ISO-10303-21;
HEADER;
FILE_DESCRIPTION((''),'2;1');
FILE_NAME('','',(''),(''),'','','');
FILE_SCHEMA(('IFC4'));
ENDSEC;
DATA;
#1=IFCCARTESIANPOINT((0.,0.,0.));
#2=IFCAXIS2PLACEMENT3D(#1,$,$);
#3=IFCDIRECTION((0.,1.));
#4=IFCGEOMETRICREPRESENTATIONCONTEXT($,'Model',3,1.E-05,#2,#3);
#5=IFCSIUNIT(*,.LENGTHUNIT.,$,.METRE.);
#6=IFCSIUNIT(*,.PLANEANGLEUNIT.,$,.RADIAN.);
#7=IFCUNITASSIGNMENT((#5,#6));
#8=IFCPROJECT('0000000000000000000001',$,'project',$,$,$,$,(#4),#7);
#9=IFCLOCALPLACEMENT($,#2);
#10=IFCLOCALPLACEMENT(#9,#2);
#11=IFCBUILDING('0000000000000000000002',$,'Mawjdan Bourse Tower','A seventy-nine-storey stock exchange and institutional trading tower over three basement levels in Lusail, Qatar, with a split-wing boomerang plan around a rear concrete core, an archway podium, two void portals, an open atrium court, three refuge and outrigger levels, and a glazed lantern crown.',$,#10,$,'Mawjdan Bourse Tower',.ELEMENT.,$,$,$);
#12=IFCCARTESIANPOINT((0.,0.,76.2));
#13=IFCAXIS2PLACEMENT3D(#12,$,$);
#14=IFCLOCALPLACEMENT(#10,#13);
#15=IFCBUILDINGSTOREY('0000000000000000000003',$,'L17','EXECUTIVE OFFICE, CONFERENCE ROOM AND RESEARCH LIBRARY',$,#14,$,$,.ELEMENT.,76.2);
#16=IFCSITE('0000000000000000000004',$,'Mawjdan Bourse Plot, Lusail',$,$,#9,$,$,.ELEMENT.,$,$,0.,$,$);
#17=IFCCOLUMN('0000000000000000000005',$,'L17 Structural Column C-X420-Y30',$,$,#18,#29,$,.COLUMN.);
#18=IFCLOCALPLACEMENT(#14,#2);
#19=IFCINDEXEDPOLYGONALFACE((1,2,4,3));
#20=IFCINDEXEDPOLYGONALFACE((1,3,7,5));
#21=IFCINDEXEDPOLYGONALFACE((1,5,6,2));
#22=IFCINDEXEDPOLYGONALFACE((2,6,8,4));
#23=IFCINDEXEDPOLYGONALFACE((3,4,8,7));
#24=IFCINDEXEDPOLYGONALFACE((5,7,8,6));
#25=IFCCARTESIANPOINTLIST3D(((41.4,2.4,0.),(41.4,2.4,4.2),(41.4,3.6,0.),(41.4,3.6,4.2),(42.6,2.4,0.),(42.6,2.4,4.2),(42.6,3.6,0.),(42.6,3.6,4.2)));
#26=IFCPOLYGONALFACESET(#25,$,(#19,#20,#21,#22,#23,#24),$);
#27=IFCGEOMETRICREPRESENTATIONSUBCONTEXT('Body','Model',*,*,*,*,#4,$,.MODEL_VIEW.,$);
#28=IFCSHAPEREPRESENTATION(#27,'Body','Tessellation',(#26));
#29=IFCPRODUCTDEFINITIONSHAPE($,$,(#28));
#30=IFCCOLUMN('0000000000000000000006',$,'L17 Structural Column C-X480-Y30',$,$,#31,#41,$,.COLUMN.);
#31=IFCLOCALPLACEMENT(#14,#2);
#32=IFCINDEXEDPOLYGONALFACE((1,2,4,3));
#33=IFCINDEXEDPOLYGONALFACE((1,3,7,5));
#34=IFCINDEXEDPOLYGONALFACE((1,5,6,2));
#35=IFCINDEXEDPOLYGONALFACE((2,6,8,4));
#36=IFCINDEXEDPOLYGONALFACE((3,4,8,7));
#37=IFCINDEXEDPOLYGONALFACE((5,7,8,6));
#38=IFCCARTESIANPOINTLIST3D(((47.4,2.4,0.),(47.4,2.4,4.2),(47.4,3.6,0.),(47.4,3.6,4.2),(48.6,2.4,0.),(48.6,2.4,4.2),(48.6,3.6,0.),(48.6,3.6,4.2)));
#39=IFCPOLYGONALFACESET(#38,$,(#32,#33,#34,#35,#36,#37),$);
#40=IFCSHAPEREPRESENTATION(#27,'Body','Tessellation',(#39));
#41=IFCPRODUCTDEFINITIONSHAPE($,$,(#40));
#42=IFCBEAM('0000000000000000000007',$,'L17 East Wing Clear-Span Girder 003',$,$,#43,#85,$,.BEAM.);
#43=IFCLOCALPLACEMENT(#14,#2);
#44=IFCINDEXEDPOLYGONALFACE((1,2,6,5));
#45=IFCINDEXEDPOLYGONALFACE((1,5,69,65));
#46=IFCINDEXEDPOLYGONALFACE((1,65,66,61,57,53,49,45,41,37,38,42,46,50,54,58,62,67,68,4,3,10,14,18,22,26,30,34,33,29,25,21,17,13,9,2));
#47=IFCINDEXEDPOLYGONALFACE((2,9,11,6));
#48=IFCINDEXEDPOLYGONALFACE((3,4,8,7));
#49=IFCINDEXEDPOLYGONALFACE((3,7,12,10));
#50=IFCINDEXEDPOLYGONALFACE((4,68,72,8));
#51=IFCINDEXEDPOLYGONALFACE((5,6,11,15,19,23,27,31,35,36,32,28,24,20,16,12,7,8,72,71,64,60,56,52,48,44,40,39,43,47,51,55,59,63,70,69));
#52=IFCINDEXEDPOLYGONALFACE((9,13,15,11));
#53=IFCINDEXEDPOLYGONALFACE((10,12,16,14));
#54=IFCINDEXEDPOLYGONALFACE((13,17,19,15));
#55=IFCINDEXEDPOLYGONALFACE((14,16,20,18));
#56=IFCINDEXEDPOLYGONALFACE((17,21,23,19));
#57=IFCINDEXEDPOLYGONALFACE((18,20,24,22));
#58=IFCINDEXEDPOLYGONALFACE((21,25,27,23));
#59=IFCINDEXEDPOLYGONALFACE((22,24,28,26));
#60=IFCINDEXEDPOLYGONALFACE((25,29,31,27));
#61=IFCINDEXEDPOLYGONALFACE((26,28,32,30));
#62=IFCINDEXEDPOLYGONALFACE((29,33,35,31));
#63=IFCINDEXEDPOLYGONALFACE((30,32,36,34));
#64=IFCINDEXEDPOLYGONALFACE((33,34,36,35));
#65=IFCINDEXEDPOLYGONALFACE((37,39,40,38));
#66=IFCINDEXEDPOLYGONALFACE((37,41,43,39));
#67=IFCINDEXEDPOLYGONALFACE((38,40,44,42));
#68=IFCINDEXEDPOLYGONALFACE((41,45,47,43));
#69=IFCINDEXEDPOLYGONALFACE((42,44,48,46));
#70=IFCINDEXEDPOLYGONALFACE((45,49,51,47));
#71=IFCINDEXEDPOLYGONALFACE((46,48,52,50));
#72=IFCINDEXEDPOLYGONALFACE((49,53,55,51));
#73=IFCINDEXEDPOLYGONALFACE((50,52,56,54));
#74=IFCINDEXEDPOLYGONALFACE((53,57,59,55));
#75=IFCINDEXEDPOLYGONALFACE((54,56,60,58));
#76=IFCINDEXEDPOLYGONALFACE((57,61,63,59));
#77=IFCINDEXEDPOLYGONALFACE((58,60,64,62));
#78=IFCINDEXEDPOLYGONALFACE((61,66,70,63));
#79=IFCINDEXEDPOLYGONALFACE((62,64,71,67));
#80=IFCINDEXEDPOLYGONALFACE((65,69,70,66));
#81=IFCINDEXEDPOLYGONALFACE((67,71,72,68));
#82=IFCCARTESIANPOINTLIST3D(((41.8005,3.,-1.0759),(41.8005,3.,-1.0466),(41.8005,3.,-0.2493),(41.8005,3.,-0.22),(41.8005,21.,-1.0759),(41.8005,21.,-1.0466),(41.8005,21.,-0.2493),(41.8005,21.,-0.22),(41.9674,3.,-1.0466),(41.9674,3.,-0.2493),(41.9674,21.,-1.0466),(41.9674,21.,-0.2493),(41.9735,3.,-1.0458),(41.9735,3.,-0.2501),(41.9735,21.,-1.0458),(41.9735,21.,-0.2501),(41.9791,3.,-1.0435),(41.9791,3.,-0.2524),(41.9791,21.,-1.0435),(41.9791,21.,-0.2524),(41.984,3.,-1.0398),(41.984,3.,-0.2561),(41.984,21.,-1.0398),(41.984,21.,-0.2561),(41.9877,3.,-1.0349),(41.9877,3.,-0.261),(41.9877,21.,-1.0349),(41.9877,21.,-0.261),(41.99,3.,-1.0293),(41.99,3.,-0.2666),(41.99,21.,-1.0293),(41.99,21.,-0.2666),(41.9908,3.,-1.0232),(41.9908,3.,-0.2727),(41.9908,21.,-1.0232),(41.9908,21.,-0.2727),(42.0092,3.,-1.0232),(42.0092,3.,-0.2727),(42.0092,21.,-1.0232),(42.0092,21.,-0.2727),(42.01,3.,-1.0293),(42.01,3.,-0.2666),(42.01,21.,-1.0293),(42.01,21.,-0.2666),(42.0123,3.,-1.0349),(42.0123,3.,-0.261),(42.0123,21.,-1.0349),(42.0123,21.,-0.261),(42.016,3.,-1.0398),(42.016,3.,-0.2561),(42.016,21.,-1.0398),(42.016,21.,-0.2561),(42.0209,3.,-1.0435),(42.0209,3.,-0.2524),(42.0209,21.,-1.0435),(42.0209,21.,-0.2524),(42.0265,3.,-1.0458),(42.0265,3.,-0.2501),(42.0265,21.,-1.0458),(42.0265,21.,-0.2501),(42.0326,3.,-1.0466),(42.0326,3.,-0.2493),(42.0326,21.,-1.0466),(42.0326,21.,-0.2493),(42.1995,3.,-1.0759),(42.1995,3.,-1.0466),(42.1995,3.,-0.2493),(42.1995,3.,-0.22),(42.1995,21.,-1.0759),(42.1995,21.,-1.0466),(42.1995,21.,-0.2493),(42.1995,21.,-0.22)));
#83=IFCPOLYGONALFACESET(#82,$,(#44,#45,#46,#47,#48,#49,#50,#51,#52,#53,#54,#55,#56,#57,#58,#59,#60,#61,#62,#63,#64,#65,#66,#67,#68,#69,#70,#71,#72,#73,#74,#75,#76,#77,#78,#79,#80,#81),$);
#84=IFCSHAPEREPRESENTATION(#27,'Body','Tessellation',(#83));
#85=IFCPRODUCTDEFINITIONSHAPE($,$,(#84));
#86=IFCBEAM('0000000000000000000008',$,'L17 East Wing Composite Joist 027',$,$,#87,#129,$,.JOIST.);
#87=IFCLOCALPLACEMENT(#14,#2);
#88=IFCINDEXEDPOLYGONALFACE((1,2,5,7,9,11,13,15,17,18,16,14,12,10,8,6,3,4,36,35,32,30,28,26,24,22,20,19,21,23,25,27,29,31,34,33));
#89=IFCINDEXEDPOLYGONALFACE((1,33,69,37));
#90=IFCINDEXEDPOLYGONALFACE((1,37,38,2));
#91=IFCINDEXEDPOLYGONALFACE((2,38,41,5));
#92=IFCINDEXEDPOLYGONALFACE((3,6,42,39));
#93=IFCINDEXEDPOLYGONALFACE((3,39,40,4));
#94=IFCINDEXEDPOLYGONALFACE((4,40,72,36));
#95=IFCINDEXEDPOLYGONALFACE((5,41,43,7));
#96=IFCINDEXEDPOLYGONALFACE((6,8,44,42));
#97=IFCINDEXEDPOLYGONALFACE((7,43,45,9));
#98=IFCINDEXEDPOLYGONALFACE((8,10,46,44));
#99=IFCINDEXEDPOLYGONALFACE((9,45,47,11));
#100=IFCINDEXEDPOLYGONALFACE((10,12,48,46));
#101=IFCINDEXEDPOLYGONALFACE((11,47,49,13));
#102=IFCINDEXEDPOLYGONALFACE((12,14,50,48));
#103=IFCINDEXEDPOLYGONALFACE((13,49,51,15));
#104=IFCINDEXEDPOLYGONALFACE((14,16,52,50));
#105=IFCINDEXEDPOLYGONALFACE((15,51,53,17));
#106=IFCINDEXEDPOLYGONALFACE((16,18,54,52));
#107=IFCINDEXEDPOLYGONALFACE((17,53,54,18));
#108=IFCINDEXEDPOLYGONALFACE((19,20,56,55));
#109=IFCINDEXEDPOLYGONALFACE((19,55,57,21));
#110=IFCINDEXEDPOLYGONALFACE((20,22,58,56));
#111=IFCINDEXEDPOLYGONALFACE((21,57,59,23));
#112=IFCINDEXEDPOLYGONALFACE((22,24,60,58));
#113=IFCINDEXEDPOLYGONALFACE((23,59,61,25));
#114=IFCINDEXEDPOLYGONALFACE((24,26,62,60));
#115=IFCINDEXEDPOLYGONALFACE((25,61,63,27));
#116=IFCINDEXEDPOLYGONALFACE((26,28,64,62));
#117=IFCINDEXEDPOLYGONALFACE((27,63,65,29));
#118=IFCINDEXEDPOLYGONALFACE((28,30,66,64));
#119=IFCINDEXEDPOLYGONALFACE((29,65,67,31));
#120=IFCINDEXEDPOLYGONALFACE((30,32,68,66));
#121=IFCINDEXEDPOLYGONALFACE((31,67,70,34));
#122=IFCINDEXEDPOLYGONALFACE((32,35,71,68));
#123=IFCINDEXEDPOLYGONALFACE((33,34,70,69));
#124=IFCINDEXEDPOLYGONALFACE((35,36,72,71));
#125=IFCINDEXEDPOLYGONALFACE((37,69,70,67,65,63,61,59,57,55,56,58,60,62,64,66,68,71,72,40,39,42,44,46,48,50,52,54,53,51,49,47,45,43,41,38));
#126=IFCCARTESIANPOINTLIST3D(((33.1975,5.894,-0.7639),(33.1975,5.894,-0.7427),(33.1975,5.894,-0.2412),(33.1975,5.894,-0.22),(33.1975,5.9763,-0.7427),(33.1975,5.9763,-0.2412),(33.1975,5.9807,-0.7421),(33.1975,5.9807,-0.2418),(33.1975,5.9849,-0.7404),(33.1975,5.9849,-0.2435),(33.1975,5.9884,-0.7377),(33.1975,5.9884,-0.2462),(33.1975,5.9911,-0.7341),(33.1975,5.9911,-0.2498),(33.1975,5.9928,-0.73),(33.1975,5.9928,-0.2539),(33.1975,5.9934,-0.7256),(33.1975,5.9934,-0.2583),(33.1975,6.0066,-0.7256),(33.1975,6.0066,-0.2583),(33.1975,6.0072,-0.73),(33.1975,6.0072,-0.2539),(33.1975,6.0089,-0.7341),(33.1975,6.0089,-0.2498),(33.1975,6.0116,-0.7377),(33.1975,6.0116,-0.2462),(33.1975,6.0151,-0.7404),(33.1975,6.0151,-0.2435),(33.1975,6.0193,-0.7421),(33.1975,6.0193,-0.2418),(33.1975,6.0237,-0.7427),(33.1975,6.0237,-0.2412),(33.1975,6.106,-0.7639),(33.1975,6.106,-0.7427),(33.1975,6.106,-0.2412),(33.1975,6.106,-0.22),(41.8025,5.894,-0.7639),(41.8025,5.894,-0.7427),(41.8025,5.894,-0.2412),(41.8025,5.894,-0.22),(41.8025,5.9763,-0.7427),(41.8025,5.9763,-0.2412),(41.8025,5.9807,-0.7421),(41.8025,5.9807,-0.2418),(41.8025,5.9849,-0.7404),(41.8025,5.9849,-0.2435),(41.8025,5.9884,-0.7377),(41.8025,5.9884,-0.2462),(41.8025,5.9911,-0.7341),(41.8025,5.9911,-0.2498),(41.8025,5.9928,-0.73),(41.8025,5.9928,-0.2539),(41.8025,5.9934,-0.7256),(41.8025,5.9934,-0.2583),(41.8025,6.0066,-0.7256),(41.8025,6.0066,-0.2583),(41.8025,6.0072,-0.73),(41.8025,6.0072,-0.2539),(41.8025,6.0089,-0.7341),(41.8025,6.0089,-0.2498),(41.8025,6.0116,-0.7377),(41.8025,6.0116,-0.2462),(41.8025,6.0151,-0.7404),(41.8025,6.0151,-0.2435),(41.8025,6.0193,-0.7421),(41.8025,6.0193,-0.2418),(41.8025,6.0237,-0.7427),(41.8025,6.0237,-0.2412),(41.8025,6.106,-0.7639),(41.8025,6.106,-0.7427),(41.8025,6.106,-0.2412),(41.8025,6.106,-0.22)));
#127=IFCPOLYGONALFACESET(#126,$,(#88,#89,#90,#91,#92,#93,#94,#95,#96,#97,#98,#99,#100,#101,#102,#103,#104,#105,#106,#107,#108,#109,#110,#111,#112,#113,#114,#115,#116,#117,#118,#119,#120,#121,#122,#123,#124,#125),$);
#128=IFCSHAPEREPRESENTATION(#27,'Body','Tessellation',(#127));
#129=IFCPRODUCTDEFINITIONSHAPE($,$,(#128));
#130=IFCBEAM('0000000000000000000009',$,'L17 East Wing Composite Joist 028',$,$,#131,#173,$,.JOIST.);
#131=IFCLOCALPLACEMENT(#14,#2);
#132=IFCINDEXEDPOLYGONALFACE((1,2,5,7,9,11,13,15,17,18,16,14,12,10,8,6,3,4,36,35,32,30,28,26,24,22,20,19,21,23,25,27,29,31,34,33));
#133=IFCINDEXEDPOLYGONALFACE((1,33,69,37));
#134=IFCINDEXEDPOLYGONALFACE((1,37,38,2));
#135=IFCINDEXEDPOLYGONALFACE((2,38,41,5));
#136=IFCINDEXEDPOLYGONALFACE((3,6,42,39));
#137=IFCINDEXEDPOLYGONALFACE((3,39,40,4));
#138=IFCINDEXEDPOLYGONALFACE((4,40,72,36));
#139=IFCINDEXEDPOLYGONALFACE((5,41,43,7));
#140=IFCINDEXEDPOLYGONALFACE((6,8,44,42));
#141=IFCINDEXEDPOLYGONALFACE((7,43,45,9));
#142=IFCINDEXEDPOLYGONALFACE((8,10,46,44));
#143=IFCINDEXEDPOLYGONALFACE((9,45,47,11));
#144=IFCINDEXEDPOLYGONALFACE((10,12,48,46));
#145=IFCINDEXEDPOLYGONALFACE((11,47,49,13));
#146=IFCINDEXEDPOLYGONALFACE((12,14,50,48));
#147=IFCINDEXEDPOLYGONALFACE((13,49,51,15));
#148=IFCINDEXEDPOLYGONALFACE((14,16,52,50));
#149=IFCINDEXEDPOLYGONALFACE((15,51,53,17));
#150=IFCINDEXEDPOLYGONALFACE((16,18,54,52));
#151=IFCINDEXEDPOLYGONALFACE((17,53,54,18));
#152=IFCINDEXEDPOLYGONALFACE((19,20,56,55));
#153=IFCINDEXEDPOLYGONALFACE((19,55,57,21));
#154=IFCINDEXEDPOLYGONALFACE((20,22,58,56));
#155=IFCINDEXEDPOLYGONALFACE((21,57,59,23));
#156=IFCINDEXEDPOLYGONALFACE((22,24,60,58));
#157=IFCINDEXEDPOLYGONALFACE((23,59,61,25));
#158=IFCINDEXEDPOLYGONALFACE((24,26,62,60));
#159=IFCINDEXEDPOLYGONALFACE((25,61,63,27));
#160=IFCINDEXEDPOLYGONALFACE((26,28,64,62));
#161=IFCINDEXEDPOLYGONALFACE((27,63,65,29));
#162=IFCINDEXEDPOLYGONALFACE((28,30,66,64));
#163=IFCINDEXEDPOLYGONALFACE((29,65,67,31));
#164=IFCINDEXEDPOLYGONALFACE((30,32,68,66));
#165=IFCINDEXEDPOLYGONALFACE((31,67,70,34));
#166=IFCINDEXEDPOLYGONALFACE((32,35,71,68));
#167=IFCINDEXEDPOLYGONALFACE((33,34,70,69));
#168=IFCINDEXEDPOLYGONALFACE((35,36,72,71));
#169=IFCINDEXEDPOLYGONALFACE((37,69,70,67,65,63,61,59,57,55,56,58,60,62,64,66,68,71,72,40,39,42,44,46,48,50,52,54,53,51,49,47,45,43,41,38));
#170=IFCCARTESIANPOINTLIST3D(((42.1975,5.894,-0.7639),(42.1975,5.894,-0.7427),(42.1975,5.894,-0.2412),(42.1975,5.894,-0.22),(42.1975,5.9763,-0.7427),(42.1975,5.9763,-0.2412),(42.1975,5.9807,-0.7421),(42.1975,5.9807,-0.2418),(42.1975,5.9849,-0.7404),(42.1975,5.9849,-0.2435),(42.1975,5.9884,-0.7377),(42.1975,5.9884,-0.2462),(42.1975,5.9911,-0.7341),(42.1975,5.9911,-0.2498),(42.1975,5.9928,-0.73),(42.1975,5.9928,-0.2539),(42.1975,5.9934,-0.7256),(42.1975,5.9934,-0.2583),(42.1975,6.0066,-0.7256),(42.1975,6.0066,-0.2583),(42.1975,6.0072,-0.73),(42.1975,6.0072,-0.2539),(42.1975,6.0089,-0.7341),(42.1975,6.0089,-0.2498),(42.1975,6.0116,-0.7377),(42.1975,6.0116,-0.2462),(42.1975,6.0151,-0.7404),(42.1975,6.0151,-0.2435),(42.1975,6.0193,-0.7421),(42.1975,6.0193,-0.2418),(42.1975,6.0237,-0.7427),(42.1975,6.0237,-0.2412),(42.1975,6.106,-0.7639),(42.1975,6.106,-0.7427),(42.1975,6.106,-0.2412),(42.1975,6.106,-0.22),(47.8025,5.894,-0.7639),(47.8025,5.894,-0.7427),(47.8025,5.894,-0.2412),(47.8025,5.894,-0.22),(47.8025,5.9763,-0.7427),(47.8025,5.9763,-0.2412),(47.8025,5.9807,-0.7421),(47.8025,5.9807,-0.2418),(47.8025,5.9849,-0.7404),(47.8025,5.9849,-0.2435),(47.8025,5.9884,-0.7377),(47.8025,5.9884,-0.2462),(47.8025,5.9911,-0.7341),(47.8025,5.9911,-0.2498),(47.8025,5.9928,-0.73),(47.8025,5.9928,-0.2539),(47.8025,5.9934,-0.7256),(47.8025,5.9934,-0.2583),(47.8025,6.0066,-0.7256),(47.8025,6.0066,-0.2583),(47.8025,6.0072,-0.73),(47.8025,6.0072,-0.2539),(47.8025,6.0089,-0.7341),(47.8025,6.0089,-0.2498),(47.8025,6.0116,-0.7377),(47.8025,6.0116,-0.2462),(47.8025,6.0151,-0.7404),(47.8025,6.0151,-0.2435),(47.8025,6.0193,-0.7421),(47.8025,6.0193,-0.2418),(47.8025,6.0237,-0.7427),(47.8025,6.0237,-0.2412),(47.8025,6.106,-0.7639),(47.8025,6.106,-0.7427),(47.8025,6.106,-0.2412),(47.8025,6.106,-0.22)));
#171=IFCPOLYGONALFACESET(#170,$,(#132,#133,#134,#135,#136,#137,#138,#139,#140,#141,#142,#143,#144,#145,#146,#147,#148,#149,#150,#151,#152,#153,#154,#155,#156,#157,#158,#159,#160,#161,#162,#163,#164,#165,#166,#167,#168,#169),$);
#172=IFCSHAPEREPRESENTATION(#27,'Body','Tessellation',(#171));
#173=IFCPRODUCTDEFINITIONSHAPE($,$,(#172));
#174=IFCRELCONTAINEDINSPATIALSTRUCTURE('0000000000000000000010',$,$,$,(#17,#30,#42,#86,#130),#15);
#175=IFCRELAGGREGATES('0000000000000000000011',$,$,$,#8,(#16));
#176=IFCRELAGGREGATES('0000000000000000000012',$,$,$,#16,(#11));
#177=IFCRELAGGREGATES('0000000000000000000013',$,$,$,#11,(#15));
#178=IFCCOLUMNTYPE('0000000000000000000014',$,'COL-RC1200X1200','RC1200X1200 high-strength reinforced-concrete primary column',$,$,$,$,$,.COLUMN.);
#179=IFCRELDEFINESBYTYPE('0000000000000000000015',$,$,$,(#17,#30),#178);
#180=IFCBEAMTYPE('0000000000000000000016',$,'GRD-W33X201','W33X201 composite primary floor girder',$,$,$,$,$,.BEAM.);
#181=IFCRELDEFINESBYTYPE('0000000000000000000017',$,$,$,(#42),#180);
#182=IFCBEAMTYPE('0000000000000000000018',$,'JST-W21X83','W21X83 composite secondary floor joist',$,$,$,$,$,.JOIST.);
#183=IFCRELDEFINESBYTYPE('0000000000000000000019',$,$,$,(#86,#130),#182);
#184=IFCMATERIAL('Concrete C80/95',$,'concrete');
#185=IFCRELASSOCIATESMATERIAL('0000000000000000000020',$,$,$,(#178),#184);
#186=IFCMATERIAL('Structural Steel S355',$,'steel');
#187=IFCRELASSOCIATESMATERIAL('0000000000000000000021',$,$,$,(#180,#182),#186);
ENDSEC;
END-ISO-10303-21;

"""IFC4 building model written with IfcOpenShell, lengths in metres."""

from ifc_helpers import new_model, si_unit, direction, frame, origin, origin_2d, place, context, subcontext, project, spatial, rectangle, i_section, extrude, material, material_profile, profile_set, type_object, element, save


model = new_model("IFC4")

# Units and contexts
model_context = context("Model", 3, precision=1e-05, world=origin(), true_north=direction((0.0, 1.0)))
body_context = subcontext(model_context, "Body", "Model", "MODEL_VIEW")
ifc_project = project(units=[si_unit("LENGTHUNIT", "METRE"), si_unit("PLANEANGLEUNIT", "RADIAN")], contexts=[model_context])

# Site, building, storey
site_placement = place(None, origin())
site = spatial("IfcSite", under=ifc_project, at=site_placement, Name="Mawjdan Bourse Plot, Lusail", CompositionType="ELEMENT", RefElevation=0.0)
building_placement = place(site_placement, origin())
building = spatial("IfcBuilding", under=site, at=building_placement, Name="Mawjdan Bourse Tower", Description="A seventy-nine-storey stock exchange and institutional trading tower over three basement levels in Lusail, Qatar, with a split-wing boomerang plan around a rear concrete core, an archway podium, two void portals, an open atrium court, three refuge and outrigger levels, and a glazed lantern crown.", LongName="Mawjdan Bourse Tower", CompositionType="ELEMENT")
storey_placement = place(building_placement, frame((0.0, 0.0, 76.2)))
storey = spatial("IfcBuildingStorey", under=building, at=storey_placement, Name="L17", Description="EXECUTIVE OFFICE, CONFERENCE ROOM AND RESEARCH LIBRARY", CompositionType="ELEMENT", Elevation=76.2)

# Columns
ifc_material_1 = material(Name="Concrete C80/95", Category="concrete")
ifc_material_profile_1 = material_profile(ifc_material_1, rectangle(XDim=1.2, YDim=1.2, at=origin_2d()), Name="RC1200X1200")
ifc_profile_set_1 = profile_set([ifc_material_profile_1], Name="Concrete C80/95")
column_type = type_object("IfcColumnType", Name="COL-RC1200X1200", Description="RC1200X1200 high-strength reinforced-concrete primary column", PredefinedType="COLUMN", material=ifc_profile_set_1)
for number, where, z_axis, x_axis, name in (
    (1, (42.0, 3.0, 0.0), (0.0, 0.0, 1.0), (1.0, 0.0, 0.0), "L17 Structural Column C-X420-Y30"),
    (2, (48.0, 3.0, 0.0), (0.0, 0.0, 1.0), (1.0, 0.0, 0.0), "L17 Structural Column C-X480-Y30"),
):
    element("IfcColumn", number, at=place(storey_placement, frame(where, z_axis=z_axis, x_axis=x_axis)), inside=storey, type_object=column_type, Name=name, PredefinedType="COLUMN", context=body_context, shape_type="SweptSolid", body=[
        extrude(rectangle(XDim=1.2, YDim=1.2, at=origin_2d()), origin(), (0.0, 0.0, 1.0), 4.2),
    ])

# Beams
ifc_material_2 = material(Name="Structural Steel S355", Category="steel")
ifc_material_profile_2 = material_profile(ifc_material_2, i_section(OverallWidth=0.3989, OverallDepth=0.856, WebThickness=0.0183, FlangeThickness=0.0293, FilletRadius=0.0234, at=origin_2d()), Name="W33X201")
ifc_profile_set_2 = profile_set([ifc_material_profile_2], Name="Structural Steel S355")
beam_type_1 = type_object("IfcBeamType", Name="GRD-W33X201", Description="W33X201 composite primary floor girder", PredefinedType="BEAM", material=ifc_profile_set_2)
beam_1_placement = place(storey_placement, frame((42.0, 3.0, -0.6479), z_axis=(0.0, 1.0, 0.0), x_axis=(-1.0, 0.0, 0.0)))
element("IfcBeam", 3, at=beam_1_placement, inside=storey, type_object=beam_type_1, Name="L17 East Wing Clear-Span Girder 003", PredefinedType="BEAM", context=body_context, shape_type="SweptSolid", body=[
    extrude(i_section(OverallWidth=0.3989, OverallDepth=0.856, WebThickness=0.0183, FlangeThickness=0.0293, FilletRadius=0.0234, at=origin_2d()), origin(), (0.0, 0.0, 1.0), 18.0),
])
ifc_material_profile_3 = material_profile(ifc_material_2, i_section(OverallWidth=0.2119, OverallDepth=0.5439, WebThickness=0.0132, FlangeThickness=0.0212, FilletRadius=0.0171, at=origin_2d()), Name="W21X83")
ifc_profile_set_3 = profile_set([ifc_material_profile_3], Name="Structural Steel S355")
beam_type_2 = type_object("IfcBeamType", Name="JST-W21X83", Description="W21X83 composite secondary floor joist", PredefinedType="JOIST", material=ifc_profile_set_3)
beam_2_placement = place(storey_placement, frame((33.1975, 6.0, -0.4919), z_axis=(1.0, 0.0, 0.0), x_axis=(0.0, 1.0, 0.0)))
element("IfcBeam", 4, at=beam_2_placement, inside=storey, type_object=beam_type_2, Name="L17 East Wing Composite Joist 027", PredefinedType="JOIST", context=body_context, shape_type="SweptSolid", body=[
    extrude(i_section(OverallWidth=0.2119, OverallDepth=0.5439, WebThickness=0.0132, FlangeThickness=0.0212, FilletRadius=0.0171, at=origin_2d()), origin(), (0.0, 0.0, 1.0), 8.605),
])
beam_3_placement = place(storey_placement, frame((42.1975, 6.0, -0.4919), z_axis=(1.0, 0.0, 0.0), x_axis=(0.0, 1.0, 0.0)))
element("IfcBeam", 5, at=beam_3_placement, inside=storey, type_object=beam_type_2, Name="L17 East Wing Composite Joist 028", PredefinedType="JOIST", context=body_context, shape_type="SweptSolid", body=[
    extrude(i_section(OverallWidth=0.2119, OverallDepth=0.5439, WebThickness=0.0132, FlangeThickness=0.0212, FilletRadius=0.0171, at=origin_2d()), origin(), (0.0, 0.0, 1.0), 5.605),
])

save(model, "model.ifc")
